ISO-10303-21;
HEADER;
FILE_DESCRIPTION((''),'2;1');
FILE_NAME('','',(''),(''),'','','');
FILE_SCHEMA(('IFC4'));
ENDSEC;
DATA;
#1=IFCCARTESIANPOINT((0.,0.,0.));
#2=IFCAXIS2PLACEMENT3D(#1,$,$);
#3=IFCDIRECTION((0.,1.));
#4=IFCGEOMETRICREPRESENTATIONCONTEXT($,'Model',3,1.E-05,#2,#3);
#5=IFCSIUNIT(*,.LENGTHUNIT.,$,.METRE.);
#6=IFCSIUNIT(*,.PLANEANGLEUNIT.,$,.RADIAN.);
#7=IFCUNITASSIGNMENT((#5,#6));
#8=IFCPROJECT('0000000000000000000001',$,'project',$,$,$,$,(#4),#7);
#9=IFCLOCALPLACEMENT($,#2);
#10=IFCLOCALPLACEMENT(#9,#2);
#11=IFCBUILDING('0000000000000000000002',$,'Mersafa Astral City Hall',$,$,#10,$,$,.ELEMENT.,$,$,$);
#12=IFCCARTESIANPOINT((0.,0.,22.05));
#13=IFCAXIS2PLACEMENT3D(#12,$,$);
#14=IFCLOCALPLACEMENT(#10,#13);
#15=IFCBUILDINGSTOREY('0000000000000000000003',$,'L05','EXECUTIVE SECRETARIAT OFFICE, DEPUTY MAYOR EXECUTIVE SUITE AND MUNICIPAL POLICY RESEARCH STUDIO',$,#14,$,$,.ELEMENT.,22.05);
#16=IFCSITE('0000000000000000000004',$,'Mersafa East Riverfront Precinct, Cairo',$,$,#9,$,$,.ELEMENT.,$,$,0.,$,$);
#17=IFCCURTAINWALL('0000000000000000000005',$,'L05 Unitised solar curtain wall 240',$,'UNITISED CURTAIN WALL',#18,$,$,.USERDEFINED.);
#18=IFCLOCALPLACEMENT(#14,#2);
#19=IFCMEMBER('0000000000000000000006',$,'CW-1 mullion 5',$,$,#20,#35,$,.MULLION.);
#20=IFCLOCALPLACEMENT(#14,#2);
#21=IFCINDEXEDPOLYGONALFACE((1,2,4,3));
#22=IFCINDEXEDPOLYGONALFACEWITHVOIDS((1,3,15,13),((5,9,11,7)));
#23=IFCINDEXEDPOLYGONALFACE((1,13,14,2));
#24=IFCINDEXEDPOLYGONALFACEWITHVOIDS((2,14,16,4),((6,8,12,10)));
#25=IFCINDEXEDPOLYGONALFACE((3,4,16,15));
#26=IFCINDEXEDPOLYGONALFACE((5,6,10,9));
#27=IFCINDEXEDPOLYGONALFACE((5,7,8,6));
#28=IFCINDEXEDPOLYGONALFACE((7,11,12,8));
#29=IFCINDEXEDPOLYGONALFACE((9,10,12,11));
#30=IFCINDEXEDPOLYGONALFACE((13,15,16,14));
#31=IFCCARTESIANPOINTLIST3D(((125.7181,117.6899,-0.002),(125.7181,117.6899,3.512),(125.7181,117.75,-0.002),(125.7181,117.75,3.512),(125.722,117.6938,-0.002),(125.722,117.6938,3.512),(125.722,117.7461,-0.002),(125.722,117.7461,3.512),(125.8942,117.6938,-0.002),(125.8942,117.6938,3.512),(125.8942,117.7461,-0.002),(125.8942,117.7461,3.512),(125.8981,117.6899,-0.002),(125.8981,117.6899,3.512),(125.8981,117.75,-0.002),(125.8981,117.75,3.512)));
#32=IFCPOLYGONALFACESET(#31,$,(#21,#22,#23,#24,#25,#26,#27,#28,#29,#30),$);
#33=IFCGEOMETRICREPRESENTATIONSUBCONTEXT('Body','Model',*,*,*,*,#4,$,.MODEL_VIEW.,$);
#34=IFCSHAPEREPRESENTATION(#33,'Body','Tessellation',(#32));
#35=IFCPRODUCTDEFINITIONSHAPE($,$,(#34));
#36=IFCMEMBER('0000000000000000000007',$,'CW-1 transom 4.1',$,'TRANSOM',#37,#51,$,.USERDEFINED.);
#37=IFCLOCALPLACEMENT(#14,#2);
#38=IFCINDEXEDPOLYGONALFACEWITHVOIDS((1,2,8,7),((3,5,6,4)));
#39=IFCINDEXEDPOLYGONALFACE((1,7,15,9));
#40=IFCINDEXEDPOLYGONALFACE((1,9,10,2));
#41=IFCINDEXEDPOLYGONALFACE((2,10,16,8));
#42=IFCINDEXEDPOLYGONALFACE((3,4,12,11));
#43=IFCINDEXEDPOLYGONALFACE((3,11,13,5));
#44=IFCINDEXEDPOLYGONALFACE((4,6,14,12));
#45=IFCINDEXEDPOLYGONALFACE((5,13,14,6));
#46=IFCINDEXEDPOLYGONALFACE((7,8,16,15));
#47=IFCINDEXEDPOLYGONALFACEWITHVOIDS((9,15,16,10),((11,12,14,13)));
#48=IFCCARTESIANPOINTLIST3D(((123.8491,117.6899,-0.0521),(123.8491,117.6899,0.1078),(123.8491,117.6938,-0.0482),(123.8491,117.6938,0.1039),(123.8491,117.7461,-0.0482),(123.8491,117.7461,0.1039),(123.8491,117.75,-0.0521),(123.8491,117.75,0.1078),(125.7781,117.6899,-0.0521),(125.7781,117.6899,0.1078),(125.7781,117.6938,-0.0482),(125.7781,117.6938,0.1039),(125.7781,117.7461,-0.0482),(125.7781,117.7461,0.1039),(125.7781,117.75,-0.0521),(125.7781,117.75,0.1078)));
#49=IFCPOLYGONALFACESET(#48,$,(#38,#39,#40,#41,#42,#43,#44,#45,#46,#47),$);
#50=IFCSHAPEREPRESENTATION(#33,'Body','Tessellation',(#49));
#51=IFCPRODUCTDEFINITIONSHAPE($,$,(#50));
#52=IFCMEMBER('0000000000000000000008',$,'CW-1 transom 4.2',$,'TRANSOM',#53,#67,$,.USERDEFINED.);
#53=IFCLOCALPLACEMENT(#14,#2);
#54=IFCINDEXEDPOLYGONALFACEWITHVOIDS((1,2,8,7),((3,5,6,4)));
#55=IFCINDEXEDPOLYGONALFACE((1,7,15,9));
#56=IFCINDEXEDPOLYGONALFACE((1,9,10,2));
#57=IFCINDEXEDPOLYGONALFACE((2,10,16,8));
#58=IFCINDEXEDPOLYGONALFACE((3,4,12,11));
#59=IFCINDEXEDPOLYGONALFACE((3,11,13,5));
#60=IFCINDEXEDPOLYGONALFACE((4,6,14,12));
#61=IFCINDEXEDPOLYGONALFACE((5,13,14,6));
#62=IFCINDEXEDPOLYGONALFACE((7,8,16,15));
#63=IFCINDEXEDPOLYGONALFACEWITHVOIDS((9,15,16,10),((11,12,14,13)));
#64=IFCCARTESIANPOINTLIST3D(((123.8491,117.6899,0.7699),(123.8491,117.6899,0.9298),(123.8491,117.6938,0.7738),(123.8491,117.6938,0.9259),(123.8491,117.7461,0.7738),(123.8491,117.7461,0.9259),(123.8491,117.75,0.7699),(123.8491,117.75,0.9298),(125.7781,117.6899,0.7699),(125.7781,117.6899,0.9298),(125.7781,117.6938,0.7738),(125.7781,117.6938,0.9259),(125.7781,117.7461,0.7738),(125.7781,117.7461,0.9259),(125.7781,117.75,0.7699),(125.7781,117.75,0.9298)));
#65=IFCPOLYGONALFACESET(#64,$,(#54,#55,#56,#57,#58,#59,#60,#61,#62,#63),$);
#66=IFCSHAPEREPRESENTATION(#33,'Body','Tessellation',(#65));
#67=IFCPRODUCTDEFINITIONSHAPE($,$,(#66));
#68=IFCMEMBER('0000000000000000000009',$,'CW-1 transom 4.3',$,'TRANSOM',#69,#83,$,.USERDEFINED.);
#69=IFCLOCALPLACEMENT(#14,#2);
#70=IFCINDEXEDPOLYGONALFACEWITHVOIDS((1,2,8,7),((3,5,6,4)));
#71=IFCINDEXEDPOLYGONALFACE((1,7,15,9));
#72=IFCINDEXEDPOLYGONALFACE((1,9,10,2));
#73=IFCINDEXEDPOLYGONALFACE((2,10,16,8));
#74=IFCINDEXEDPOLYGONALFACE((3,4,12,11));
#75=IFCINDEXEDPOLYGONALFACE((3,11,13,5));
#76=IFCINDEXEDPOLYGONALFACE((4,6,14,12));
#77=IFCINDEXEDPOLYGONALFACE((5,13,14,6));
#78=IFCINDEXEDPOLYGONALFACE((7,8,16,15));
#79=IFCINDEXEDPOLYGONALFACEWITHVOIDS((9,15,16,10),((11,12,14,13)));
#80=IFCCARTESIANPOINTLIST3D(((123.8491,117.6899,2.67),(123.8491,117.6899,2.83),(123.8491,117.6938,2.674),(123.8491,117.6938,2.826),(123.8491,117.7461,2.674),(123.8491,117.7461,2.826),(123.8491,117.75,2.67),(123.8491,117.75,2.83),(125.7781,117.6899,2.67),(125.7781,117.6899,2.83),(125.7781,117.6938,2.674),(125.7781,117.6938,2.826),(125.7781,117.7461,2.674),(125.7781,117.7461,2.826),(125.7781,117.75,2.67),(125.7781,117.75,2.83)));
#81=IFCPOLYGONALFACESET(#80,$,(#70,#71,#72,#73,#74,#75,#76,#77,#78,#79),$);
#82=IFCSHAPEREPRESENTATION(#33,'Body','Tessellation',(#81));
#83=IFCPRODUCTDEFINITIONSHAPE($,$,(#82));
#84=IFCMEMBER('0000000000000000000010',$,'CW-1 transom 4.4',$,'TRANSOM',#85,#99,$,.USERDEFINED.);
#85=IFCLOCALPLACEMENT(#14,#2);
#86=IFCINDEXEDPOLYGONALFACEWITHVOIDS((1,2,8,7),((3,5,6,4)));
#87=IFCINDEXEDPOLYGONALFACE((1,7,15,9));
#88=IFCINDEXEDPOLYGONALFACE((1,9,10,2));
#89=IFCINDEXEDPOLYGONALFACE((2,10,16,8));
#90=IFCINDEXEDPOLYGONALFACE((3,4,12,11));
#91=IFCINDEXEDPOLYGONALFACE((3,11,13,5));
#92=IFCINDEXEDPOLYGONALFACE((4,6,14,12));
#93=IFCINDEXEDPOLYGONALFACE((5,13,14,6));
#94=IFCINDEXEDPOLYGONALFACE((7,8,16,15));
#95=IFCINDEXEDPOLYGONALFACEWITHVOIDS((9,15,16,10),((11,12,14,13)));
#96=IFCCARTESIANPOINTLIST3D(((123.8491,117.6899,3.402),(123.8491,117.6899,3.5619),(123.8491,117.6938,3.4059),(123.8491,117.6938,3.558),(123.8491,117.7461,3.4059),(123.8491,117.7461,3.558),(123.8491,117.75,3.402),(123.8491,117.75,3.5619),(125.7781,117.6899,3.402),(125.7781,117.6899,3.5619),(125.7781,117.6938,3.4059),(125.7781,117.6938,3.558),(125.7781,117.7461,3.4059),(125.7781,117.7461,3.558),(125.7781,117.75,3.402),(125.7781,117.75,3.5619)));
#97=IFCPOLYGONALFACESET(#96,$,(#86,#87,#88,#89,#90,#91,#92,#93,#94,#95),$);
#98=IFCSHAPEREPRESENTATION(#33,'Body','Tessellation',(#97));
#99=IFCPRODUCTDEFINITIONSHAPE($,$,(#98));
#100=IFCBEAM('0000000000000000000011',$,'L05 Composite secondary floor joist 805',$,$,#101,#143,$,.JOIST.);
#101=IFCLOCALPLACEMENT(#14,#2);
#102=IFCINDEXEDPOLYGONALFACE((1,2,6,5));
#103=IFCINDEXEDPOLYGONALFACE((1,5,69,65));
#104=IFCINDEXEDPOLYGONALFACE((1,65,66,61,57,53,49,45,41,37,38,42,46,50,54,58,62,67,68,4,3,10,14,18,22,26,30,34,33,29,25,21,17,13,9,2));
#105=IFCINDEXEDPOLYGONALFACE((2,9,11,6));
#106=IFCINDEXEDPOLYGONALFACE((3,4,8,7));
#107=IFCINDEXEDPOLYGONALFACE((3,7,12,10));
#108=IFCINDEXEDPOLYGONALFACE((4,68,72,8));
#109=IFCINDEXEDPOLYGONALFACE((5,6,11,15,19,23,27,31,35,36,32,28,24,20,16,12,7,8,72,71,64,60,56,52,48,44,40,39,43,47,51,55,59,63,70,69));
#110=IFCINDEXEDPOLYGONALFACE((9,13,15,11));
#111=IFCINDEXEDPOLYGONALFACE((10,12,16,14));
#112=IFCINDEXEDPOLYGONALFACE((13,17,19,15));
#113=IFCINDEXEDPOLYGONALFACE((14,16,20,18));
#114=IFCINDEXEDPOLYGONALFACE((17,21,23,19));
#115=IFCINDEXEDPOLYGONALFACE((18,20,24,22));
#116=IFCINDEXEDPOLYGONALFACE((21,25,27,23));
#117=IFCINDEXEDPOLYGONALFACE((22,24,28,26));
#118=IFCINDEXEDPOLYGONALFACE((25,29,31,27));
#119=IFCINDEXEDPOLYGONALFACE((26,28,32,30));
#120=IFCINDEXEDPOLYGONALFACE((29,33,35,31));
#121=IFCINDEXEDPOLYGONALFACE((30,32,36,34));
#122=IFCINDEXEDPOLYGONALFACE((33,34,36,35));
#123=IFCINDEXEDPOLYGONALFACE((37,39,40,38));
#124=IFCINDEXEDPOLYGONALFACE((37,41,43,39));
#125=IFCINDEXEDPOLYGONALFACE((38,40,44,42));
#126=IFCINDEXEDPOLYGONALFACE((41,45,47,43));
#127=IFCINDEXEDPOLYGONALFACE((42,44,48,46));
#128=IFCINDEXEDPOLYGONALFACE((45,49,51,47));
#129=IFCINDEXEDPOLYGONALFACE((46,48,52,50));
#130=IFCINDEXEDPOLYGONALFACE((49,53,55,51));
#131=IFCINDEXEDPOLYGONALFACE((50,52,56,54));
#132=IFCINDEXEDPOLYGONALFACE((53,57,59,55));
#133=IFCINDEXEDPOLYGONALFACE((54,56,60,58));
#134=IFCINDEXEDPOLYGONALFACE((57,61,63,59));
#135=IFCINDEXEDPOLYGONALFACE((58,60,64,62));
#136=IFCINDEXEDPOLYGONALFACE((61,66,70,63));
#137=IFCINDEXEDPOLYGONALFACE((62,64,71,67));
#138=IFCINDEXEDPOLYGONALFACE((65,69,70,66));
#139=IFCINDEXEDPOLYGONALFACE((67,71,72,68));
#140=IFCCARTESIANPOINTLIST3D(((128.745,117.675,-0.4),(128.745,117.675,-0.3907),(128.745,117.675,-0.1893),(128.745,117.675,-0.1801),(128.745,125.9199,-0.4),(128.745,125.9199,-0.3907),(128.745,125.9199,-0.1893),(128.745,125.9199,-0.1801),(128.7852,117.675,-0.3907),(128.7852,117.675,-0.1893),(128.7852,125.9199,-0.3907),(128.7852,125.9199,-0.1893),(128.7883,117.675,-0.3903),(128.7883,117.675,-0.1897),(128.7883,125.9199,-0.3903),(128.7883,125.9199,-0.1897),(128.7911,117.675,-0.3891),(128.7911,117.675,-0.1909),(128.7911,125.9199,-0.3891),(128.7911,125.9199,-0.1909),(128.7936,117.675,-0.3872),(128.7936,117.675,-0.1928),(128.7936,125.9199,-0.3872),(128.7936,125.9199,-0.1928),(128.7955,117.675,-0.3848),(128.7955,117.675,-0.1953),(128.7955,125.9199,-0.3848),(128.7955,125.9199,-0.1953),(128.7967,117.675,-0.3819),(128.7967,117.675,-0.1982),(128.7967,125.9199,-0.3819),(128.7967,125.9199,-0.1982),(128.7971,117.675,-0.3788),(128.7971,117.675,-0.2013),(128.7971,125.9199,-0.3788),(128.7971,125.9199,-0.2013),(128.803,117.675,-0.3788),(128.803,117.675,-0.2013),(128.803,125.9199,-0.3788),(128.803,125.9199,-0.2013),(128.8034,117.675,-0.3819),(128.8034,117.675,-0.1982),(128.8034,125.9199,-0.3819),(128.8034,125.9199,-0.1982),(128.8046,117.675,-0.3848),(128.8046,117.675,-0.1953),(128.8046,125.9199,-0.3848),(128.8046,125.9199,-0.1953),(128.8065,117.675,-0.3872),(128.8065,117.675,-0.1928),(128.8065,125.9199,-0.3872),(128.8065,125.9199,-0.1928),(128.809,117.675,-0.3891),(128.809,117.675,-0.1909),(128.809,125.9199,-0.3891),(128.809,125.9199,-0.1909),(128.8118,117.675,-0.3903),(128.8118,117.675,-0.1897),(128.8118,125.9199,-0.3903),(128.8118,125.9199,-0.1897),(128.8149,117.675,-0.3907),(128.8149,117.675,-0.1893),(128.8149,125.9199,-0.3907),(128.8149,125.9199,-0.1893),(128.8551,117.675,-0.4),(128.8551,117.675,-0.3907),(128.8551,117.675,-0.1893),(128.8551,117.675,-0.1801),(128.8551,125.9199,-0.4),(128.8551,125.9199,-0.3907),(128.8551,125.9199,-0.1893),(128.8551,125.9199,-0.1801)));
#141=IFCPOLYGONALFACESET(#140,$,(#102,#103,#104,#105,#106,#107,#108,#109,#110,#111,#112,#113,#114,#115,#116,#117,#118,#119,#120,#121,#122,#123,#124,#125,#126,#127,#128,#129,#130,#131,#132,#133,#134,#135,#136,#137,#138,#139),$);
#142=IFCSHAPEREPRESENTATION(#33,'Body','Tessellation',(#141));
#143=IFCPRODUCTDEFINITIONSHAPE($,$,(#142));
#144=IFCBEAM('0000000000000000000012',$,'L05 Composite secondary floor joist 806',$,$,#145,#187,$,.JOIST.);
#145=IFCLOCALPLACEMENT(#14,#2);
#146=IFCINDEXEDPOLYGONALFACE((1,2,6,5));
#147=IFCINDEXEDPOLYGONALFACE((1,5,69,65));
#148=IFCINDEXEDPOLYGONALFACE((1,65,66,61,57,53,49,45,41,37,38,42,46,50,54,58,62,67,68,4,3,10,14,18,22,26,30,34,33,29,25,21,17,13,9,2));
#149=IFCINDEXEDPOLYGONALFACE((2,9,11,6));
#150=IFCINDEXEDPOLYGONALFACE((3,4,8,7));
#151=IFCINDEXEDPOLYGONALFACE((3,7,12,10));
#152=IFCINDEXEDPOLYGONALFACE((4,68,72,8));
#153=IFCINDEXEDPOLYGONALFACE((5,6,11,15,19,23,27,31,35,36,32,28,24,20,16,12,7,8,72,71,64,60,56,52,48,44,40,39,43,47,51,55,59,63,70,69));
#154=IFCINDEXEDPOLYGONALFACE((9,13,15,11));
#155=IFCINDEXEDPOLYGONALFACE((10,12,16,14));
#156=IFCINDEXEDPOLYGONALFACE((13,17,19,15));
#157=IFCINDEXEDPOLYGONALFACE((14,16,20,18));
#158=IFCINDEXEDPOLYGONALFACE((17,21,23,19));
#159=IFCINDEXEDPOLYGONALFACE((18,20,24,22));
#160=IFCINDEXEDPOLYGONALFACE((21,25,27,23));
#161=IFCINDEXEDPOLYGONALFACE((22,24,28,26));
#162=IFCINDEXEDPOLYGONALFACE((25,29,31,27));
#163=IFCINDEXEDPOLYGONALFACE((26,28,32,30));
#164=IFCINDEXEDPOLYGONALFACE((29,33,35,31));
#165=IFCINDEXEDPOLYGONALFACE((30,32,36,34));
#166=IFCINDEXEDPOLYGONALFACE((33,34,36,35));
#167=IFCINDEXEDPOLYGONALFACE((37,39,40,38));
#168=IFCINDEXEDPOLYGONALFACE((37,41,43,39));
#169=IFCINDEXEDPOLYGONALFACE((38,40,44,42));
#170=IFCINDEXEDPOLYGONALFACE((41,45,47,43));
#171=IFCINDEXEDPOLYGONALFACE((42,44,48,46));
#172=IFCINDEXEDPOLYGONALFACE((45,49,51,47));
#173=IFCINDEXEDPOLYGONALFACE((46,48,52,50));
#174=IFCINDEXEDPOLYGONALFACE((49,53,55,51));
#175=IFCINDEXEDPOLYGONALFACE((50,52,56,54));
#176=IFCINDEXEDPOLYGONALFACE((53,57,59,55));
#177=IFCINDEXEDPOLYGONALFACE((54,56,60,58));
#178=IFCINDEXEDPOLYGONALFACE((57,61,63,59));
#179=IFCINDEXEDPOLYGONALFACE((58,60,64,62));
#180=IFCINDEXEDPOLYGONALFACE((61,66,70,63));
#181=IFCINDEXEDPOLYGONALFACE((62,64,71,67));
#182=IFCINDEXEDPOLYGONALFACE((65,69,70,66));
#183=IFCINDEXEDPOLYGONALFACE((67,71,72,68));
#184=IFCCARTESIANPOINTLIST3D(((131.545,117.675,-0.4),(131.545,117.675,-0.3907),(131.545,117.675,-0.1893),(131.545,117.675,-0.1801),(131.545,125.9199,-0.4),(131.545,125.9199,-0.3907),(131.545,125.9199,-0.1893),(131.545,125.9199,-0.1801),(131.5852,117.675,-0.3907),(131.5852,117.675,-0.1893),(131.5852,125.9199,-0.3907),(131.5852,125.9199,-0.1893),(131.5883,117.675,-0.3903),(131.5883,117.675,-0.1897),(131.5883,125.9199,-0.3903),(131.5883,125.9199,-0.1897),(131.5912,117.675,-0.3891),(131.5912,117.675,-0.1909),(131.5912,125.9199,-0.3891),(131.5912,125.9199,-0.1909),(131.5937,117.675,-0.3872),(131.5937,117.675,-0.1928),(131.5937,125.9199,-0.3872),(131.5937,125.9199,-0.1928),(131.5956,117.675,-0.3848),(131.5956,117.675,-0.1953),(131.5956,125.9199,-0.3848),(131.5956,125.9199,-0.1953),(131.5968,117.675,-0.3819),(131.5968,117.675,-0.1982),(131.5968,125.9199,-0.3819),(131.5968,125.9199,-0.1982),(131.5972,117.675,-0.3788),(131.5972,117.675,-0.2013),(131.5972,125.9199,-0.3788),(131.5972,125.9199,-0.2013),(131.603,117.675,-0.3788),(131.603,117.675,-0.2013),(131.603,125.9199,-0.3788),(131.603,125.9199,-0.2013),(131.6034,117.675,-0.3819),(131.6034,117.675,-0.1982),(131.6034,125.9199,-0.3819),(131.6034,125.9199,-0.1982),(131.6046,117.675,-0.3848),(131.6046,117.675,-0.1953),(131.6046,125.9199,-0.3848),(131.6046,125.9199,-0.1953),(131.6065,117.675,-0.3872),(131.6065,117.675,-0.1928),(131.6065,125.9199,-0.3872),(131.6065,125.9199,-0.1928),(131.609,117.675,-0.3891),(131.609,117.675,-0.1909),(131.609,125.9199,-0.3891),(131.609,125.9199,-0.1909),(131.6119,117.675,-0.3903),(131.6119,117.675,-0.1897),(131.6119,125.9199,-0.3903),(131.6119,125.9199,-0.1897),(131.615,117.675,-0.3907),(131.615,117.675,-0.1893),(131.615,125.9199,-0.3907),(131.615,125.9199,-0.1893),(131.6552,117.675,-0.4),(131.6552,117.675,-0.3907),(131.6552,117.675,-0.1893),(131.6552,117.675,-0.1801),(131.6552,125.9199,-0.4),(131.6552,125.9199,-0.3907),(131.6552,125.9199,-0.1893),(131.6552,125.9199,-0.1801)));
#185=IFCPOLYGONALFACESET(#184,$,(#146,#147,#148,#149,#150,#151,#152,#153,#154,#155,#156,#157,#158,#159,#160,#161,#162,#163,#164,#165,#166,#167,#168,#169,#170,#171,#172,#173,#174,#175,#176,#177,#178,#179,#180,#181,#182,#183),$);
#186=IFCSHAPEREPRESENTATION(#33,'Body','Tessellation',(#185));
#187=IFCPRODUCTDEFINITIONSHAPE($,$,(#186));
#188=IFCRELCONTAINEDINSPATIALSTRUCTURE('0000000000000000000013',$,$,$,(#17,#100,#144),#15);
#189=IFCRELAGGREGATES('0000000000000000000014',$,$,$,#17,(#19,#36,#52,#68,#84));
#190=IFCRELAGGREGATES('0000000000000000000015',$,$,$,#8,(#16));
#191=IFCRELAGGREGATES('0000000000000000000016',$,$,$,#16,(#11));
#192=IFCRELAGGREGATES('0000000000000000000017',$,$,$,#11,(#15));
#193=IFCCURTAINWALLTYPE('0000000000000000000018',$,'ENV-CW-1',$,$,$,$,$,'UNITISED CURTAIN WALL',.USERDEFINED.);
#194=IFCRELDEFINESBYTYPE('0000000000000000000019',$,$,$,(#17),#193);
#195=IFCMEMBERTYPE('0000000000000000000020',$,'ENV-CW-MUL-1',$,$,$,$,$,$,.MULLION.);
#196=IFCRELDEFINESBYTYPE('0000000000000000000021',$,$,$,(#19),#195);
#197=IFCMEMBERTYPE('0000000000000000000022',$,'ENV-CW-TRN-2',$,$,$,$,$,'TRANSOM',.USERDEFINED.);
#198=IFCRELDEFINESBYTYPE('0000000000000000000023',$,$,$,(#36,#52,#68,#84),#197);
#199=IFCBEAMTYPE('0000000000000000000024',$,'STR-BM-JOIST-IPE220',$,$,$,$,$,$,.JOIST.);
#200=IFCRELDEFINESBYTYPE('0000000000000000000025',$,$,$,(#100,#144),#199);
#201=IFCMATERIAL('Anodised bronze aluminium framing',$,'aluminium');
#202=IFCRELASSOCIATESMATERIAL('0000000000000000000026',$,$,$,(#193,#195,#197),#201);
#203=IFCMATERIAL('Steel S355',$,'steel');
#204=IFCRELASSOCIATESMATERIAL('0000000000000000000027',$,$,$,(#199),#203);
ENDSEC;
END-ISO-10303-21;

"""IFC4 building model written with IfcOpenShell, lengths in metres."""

from ifc_helpers import new_model, si_unit, direction, frame, origin, origin_2d, place, context, subcontext, project, spatial, hollow_rectangle, i_section, extrude, material, material_profile, profile_set, type_object, element, aggregate, save


model = new_model("IFC4")

# Units and contexts
model_context = context("Model", 3, precision=1e-05, world=origin(), true_north=direction((0.0, 1.0)))
body_context = subcontext(model_context, "Body", "Model", "MODEL_VIEW")
ifc_project = project(units=[si_unit("LENGTHUNIT", "METRE"), si_unit("PLANEANGLEUNIT", "RADIAN")], contexts=[model_context])

# Site, building, storey
site_placement = place(None, origin())
site = spatial("IfcSite", under=ifc_project, at=site_placement, Name="Mersafa East Riverfront Precinct, Cairo", CompositionType="ELEMENT", RefElevation=0.0)
building_placement = place(site_placement, origin())
building = spatial("IfcBuilding", under=site, at=building_placement, Name="Mersafa Astral City Hall", CompositionType="ELEMENT")
storey_placement = place(building_placement, frame((0.0, 0.0, 22.05)))
storey = spatial("IfcBuildingStorey", under=building, at=storey_placement, Name="L05", Description="EXECUTIVE SECRETARIAT OFFICE, DEPUTY MAYOR EXECUTIVE SUITE AND MUNICIPAL POLICY RESEARCH STUDIO", CompositionType="ELEMENT", Elevation=22.05)

# Shared definitions
ifc_material_1 = material(Name="Steel S355", Category="steel")

# Curtain wall, members
ifc_material_2 = material(Name="Anodised bronze aluminium framing", Category="aluminium")
curtain_wall_type = type_object("IfcCurtainWallType", Name="ENV-CW-1", ElementType="UNITISED CURTAIN WALL", PredefinedType="USERDEFINED", material=ifc_material_2)
curtain_wall_placement = place(storey_placement, origin())
curtain_wall = element("IfcCurtainWall", 1, at=curtain_wall_placement, inside=storey, type_object=curtain_wall_type, Name="L05 Unitised solar curtain wall 240", ObjectType="UNITISED CURTAIN WALL", PredefinedType="USERDEFINED")
ifc_material_profile_1 = material_profile(ifc_material_2, hollow_rectangle(XDim=0.0601, YDim=0.1799, WallThickness=0.0039, at=origin_2d()), Name="RHS 60x180x4")
ifc_profile_set_1 = profile_set([ifc_material_profile_1], Name="Anodised bronze aluminium framing")
member_type_1 = type_object("IfcMemberType", Name="ENV-CW-MUL-1", PredefinedType="MULLION", material=ifc_profile_set_1)
member_1_placement = place(storey_placement, frame((125.8081, 117.72, -0.002), z_axis=(0.0, 0.0, 1.0), x_axis=(0.0, 1.0, 0.0)))
member_1 = element("IfcMember", 2, at=member_1_placement, type_object=member_type_1, Name="CW-1 mullion 5", PredefinedType="MULLION", context=body_context, shape_type="SweptSolid", body=[
    extrude(hollow_rectangle(XDim=0.0601, YDim=0.1799, WallThickness=0.0039, at=origin_2d()), origin(), (0.0, 0.0, 1.0), 3.5139),
])
ifc_material_profile_2 = material_profile(ifc_material_2, hollow_rectangle(XDim=0.0601, YDim=0.1599, WallThickness=0.0039, at=origin_2d()), Name="RHS 60x160x4")
ifc_profile_set_2 = profile_set([ifc_material_profile_2], Name="Anodised bronze aluminium framing")
member_type_2 = type_object("IfcMemberType", Name="ENV-CW-TRN-2", ElementType="TRANSOM", PredefinedType="USERDEFINED", material=ifc_profile_set_2)
member_2_placement = place(storey_placement, frame((123.8491, 117.72, 0.0278), z_axis=(1.0, 0.0, 0.0), x_axis=(0.0, 1.0, 0.0)))
member_2 = element("IfcMember", 3, at=member_2_placement, type_object=member_type_2, Name="CW-1 transom 4.1", ObjectType="TRANSOM", PredefinedType="USERDEFINED", context=body_context, shape_type="SweptSolid", body=[
    extrude(hollow_rectangle(XDim=0.0601, YDim=0.1599, WallThickness=0.0039, at=origin_2d()), origin(), (0.0, 0.0, 1.0), 1.929),
])
member_3_placement = place(storey_placement, frame((123.8491, 117.72, 0.8499), z_axis=(1.0, 0.0, 0.0), x_axis=(0.0, 1.0, 0.0)))
member_3 = element("IfcMember", 4, at=member_3_placement, type_object=member_type_2, Name="CW-1 transom 4.2", ObjectType="TRANSOM", PredefinedType="USERDEFINED", context=body_context, shape_type="SweptSolid", body=[
    extrude(hollow_rectangle(XDim=0.0601, YDim=0.1599, WallThickness=0.0039, at=origin_2d()), origin(), (0.0, 0.0, 1.0), 1.929),
])
member_4_placement = place(storey_placement, frame((123.8491, 117.72, 2.75), z_axis=(1.0, 0.0, 0.0), x_axis=(0.0, 1.0, 0.0)))
member_4 = element("IfcMember", 5, at=member_4_placement, type_object=member_type_2, Name="CW-1 transom 4.3", ObjectType="TRANSOM", PredefinedType="USERDEFINED", context=body_context, shape_type="SweptSolid", body=[
    extrude(hollow_rectangle(XDim=0.0601, YDim=0.1599, WallThickness=0.0039, at=origin_2d()), origin(), (0.0, 0.0, 1.0), 1.929),
])
member_5_placement = place(storey_placement, frame((123.8491, 117.72, 3.4819), z_axis=(1.0, 0.0, 0.0), x_axis=(0.0, 1.0, 0.0)))
member_5 = element("IfcMember", 6, at=member_5_placement, type_object=member_type_2, Name="CW-1 transom 4.4", ObjectType="TRANSOM", PredefinedType="USERDEFINED", context=body_context, shape_type="SweptSolid", body=[
    extrude(hollow_rectangle(XDim=0.0601, YDim=0.1599, WallThickness=0.0039, at=origin_2d()), origin(), (0.0, 0.0, 1.0), 1.929),
])

# Beams
ifc_material_profile_3 = material_profile(ifc_material_1, i_section(OverallWidth=0.1101, OverallDepth=0.22, WebThickness=0.0059, FlangeThickness=0.0093, FilletRadius=0.012, at=origin_2d()), Name="IPE 220")
ifc_profile_set_3 = profile_set([ifc_material_profile_3], Name="Steel S355")
beam_type_1 = type_object("IfcBeamType", Name="STR-BM-JOIST-IPE220", PredefinedType="JOIST", material=ifc_profile_set_3)
for number, where, z_axis, x_axis, name in (
    (7, (128.8, 117.675, -0.29), (0.0, 1.0, 0.0), (-1.0, 0.0, 0.0), "L05 Composite secondary floor joist 805"),
    (8, (131.6001, 117.675, -0.29), (0.0, 1.0, 0.0), (-1.0, 0.0, 0.0), "L05 Composite secondary floor joist 806"),
):
    element("IfcBeam", number, at=place(storey_placement, frame(where, z_axis=z_axis, x_axis=x_axis)), inside=storey, type_object=beam_type_1, Name=name, PredefinedType="JOIST", context=body_context, shape_type="SweptSolid", body=[
        extrude(i_section(OverallWidth=0.1101, OverallDepth=0.22, WebThickness=0.0059, FlangeThickness=0.0093, FilletRadius=0.012, at=origin_2d()), origin(), (0.0, 0.0, 1.0), 8.2449),
    ])

aggregate(curtain_wall, [member_1, member_2, member_3, member_4, member_5])

save(model, "model.ifc")
